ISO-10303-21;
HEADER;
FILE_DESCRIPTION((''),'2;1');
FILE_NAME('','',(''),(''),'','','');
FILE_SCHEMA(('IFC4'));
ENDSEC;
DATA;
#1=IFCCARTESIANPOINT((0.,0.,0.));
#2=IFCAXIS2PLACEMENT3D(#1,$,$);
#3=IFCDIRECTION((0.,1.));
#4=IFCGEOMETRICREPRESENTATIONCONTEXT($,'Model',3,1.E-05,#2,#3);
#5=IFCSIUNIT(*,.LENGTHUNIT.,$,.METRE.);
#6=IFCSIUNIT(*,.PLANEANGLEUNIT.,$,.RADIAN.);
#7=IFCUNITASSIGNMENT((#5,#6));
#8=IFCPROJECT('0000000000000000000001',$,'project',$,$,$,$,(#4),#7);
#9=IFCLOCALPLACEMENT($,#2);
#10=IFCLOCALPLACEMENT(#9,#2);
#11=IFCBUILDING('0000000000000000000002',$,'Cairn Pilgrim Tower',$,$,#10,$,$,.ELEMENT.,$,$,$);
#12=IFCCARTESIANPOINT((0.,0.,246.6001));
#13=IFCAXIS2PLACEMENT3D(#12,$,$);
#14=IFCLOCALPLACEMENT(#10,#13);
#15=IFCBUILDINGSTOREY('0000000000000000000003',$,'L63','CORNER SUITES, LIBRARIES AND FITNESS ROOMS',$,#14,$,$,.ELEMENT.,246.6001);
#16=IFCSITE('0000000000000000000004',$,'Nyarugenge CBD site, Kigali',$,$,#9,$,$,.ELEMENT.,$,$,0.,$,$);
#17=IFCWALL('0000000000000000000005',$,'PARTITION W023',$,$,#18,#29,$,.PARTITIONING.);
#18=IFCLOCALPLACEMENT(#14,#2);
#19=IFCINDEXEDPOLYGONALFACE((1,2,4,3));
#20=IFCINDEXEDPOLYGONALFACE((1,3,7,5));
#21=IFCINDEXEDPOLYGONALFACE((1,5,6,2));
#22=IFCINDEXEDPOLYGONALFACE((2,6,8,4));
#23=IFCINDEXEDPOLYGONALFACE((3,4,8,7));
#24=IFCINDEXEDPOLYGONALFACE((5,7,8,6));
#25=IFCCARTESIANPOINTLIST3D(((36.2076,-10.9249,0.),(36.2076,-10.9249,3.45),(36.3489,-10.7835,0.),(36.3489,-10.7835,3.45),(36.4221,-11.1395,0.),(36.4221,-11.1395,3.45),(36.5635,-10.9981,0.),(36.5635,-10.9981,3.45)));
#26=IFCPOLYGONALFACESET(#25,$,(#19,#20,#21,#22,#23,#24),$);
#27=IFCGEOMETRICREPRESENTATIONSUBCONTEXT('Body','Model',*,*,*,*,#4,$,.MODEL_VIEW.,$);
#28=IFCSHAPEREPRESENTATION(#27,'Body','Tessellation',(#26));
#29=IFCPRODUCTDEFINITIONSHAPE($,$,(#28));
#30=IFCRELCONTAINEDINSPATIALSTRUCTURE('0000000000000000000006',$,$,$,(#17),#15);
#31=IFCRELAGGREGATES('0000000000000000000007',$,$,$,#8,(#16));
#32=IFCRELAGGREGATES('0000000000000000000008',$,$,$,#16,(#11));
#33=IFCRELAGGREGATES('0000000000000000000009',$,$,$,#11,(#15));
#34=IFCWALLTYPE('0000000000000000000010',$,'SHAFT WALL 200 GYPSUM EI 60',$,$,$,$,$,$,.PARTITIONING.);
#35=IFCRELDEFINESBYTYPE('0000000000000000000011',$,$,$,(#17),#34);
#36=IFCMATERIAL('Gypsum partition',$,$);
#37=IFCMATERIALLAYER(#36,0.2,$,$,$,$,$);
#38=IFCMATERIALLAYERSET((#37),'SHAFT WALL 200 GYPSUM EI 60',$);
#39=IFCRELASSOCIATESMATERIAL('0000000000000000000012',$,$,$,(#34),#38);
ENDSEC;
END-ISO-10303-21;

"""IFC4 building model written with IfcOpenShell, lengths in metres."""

from ifc_helpers import new_model, si_unit, direction, frame, frame_2d, origin, place, context, subcontext, project, spatial, rectangle, extrude, material, layer, layer_set, type_object, element, save


model = new_model("IFC4")

# Units and contexts
model_context = context("Model", 3, precision=1e-05, world=origin(), true_north=direction((0.0, 1.0)))
body_context = subcontext(model_context, "Body", "Model", "MODEL_VIEW")
ifc_project = project(units=[si_unit("LENGTHUNIT", "METRE"), si_unit("PLANEANGLEUNIT", "RADIAN")], contexts=[model_context])

# Site, building, storey
site_placement = place(None, origin())
site = spatial("IfcSite", under=ifc_project, at=site_placement, Name="Nyarugenge CBD site, Kigali", CompositionType="ELEMENT", RefElevation=0.0)
building_placement = place(site_placement, origin())
building = spatial("IfcBuilding", under=site, at=building_placement, Name="Cairn Pilgrim Tower", CompositionType="ELEMENT")
storey_placement = place(building_placement, frame((0.0, 0.0, 246.6001)))
storey = spatial("IfcBuildingStorey", under=building, at=storey_placement, Name="L63", Description="CORNER SUITES, LIBRARIES AND FITNESS ROOMS", CompositionType="ELEMENT", Elevation=246.6001)

# Wall
ifc_material_1 = material(Name="Gypsum partition")
ifc_layer_1 = layer(ifc_material_1, 0.2)
ifc_layer_set_1 = layer_set([ifc_layer_1], Name="SHAFT WALL 200 GYPSUM EI 60")
wall_type_1 = type_object("IfcWallType", Name="SHAFT WALL 200 GYPSUM EI 60", PredefinedType="PARTITIONING", material=ifc_layer_set_1)
wall_1_placement = place(storey_placement, frame((36.4929, -11.0688, 0.0), z_axis=(0.0, 0.0, 1.0), x_axis=(-0.707107, 0.707107, 0.0)))
element("IfcWall", 1, at=wall_1_placement, inside=storey, type_object=wall_type_1, Name="PARTITION W023", PredefinedType="PARTITIONING", context=body_context, shape_type="SweptSolid", body=[
    extrude(rectangle(XDim=0.3035, YDim=0.2, at=frame_2d((0.1519, 0.0))), origin(), (0.0, 0.0, 1.0), 3.45),
])

save(model, "model.ifc")
